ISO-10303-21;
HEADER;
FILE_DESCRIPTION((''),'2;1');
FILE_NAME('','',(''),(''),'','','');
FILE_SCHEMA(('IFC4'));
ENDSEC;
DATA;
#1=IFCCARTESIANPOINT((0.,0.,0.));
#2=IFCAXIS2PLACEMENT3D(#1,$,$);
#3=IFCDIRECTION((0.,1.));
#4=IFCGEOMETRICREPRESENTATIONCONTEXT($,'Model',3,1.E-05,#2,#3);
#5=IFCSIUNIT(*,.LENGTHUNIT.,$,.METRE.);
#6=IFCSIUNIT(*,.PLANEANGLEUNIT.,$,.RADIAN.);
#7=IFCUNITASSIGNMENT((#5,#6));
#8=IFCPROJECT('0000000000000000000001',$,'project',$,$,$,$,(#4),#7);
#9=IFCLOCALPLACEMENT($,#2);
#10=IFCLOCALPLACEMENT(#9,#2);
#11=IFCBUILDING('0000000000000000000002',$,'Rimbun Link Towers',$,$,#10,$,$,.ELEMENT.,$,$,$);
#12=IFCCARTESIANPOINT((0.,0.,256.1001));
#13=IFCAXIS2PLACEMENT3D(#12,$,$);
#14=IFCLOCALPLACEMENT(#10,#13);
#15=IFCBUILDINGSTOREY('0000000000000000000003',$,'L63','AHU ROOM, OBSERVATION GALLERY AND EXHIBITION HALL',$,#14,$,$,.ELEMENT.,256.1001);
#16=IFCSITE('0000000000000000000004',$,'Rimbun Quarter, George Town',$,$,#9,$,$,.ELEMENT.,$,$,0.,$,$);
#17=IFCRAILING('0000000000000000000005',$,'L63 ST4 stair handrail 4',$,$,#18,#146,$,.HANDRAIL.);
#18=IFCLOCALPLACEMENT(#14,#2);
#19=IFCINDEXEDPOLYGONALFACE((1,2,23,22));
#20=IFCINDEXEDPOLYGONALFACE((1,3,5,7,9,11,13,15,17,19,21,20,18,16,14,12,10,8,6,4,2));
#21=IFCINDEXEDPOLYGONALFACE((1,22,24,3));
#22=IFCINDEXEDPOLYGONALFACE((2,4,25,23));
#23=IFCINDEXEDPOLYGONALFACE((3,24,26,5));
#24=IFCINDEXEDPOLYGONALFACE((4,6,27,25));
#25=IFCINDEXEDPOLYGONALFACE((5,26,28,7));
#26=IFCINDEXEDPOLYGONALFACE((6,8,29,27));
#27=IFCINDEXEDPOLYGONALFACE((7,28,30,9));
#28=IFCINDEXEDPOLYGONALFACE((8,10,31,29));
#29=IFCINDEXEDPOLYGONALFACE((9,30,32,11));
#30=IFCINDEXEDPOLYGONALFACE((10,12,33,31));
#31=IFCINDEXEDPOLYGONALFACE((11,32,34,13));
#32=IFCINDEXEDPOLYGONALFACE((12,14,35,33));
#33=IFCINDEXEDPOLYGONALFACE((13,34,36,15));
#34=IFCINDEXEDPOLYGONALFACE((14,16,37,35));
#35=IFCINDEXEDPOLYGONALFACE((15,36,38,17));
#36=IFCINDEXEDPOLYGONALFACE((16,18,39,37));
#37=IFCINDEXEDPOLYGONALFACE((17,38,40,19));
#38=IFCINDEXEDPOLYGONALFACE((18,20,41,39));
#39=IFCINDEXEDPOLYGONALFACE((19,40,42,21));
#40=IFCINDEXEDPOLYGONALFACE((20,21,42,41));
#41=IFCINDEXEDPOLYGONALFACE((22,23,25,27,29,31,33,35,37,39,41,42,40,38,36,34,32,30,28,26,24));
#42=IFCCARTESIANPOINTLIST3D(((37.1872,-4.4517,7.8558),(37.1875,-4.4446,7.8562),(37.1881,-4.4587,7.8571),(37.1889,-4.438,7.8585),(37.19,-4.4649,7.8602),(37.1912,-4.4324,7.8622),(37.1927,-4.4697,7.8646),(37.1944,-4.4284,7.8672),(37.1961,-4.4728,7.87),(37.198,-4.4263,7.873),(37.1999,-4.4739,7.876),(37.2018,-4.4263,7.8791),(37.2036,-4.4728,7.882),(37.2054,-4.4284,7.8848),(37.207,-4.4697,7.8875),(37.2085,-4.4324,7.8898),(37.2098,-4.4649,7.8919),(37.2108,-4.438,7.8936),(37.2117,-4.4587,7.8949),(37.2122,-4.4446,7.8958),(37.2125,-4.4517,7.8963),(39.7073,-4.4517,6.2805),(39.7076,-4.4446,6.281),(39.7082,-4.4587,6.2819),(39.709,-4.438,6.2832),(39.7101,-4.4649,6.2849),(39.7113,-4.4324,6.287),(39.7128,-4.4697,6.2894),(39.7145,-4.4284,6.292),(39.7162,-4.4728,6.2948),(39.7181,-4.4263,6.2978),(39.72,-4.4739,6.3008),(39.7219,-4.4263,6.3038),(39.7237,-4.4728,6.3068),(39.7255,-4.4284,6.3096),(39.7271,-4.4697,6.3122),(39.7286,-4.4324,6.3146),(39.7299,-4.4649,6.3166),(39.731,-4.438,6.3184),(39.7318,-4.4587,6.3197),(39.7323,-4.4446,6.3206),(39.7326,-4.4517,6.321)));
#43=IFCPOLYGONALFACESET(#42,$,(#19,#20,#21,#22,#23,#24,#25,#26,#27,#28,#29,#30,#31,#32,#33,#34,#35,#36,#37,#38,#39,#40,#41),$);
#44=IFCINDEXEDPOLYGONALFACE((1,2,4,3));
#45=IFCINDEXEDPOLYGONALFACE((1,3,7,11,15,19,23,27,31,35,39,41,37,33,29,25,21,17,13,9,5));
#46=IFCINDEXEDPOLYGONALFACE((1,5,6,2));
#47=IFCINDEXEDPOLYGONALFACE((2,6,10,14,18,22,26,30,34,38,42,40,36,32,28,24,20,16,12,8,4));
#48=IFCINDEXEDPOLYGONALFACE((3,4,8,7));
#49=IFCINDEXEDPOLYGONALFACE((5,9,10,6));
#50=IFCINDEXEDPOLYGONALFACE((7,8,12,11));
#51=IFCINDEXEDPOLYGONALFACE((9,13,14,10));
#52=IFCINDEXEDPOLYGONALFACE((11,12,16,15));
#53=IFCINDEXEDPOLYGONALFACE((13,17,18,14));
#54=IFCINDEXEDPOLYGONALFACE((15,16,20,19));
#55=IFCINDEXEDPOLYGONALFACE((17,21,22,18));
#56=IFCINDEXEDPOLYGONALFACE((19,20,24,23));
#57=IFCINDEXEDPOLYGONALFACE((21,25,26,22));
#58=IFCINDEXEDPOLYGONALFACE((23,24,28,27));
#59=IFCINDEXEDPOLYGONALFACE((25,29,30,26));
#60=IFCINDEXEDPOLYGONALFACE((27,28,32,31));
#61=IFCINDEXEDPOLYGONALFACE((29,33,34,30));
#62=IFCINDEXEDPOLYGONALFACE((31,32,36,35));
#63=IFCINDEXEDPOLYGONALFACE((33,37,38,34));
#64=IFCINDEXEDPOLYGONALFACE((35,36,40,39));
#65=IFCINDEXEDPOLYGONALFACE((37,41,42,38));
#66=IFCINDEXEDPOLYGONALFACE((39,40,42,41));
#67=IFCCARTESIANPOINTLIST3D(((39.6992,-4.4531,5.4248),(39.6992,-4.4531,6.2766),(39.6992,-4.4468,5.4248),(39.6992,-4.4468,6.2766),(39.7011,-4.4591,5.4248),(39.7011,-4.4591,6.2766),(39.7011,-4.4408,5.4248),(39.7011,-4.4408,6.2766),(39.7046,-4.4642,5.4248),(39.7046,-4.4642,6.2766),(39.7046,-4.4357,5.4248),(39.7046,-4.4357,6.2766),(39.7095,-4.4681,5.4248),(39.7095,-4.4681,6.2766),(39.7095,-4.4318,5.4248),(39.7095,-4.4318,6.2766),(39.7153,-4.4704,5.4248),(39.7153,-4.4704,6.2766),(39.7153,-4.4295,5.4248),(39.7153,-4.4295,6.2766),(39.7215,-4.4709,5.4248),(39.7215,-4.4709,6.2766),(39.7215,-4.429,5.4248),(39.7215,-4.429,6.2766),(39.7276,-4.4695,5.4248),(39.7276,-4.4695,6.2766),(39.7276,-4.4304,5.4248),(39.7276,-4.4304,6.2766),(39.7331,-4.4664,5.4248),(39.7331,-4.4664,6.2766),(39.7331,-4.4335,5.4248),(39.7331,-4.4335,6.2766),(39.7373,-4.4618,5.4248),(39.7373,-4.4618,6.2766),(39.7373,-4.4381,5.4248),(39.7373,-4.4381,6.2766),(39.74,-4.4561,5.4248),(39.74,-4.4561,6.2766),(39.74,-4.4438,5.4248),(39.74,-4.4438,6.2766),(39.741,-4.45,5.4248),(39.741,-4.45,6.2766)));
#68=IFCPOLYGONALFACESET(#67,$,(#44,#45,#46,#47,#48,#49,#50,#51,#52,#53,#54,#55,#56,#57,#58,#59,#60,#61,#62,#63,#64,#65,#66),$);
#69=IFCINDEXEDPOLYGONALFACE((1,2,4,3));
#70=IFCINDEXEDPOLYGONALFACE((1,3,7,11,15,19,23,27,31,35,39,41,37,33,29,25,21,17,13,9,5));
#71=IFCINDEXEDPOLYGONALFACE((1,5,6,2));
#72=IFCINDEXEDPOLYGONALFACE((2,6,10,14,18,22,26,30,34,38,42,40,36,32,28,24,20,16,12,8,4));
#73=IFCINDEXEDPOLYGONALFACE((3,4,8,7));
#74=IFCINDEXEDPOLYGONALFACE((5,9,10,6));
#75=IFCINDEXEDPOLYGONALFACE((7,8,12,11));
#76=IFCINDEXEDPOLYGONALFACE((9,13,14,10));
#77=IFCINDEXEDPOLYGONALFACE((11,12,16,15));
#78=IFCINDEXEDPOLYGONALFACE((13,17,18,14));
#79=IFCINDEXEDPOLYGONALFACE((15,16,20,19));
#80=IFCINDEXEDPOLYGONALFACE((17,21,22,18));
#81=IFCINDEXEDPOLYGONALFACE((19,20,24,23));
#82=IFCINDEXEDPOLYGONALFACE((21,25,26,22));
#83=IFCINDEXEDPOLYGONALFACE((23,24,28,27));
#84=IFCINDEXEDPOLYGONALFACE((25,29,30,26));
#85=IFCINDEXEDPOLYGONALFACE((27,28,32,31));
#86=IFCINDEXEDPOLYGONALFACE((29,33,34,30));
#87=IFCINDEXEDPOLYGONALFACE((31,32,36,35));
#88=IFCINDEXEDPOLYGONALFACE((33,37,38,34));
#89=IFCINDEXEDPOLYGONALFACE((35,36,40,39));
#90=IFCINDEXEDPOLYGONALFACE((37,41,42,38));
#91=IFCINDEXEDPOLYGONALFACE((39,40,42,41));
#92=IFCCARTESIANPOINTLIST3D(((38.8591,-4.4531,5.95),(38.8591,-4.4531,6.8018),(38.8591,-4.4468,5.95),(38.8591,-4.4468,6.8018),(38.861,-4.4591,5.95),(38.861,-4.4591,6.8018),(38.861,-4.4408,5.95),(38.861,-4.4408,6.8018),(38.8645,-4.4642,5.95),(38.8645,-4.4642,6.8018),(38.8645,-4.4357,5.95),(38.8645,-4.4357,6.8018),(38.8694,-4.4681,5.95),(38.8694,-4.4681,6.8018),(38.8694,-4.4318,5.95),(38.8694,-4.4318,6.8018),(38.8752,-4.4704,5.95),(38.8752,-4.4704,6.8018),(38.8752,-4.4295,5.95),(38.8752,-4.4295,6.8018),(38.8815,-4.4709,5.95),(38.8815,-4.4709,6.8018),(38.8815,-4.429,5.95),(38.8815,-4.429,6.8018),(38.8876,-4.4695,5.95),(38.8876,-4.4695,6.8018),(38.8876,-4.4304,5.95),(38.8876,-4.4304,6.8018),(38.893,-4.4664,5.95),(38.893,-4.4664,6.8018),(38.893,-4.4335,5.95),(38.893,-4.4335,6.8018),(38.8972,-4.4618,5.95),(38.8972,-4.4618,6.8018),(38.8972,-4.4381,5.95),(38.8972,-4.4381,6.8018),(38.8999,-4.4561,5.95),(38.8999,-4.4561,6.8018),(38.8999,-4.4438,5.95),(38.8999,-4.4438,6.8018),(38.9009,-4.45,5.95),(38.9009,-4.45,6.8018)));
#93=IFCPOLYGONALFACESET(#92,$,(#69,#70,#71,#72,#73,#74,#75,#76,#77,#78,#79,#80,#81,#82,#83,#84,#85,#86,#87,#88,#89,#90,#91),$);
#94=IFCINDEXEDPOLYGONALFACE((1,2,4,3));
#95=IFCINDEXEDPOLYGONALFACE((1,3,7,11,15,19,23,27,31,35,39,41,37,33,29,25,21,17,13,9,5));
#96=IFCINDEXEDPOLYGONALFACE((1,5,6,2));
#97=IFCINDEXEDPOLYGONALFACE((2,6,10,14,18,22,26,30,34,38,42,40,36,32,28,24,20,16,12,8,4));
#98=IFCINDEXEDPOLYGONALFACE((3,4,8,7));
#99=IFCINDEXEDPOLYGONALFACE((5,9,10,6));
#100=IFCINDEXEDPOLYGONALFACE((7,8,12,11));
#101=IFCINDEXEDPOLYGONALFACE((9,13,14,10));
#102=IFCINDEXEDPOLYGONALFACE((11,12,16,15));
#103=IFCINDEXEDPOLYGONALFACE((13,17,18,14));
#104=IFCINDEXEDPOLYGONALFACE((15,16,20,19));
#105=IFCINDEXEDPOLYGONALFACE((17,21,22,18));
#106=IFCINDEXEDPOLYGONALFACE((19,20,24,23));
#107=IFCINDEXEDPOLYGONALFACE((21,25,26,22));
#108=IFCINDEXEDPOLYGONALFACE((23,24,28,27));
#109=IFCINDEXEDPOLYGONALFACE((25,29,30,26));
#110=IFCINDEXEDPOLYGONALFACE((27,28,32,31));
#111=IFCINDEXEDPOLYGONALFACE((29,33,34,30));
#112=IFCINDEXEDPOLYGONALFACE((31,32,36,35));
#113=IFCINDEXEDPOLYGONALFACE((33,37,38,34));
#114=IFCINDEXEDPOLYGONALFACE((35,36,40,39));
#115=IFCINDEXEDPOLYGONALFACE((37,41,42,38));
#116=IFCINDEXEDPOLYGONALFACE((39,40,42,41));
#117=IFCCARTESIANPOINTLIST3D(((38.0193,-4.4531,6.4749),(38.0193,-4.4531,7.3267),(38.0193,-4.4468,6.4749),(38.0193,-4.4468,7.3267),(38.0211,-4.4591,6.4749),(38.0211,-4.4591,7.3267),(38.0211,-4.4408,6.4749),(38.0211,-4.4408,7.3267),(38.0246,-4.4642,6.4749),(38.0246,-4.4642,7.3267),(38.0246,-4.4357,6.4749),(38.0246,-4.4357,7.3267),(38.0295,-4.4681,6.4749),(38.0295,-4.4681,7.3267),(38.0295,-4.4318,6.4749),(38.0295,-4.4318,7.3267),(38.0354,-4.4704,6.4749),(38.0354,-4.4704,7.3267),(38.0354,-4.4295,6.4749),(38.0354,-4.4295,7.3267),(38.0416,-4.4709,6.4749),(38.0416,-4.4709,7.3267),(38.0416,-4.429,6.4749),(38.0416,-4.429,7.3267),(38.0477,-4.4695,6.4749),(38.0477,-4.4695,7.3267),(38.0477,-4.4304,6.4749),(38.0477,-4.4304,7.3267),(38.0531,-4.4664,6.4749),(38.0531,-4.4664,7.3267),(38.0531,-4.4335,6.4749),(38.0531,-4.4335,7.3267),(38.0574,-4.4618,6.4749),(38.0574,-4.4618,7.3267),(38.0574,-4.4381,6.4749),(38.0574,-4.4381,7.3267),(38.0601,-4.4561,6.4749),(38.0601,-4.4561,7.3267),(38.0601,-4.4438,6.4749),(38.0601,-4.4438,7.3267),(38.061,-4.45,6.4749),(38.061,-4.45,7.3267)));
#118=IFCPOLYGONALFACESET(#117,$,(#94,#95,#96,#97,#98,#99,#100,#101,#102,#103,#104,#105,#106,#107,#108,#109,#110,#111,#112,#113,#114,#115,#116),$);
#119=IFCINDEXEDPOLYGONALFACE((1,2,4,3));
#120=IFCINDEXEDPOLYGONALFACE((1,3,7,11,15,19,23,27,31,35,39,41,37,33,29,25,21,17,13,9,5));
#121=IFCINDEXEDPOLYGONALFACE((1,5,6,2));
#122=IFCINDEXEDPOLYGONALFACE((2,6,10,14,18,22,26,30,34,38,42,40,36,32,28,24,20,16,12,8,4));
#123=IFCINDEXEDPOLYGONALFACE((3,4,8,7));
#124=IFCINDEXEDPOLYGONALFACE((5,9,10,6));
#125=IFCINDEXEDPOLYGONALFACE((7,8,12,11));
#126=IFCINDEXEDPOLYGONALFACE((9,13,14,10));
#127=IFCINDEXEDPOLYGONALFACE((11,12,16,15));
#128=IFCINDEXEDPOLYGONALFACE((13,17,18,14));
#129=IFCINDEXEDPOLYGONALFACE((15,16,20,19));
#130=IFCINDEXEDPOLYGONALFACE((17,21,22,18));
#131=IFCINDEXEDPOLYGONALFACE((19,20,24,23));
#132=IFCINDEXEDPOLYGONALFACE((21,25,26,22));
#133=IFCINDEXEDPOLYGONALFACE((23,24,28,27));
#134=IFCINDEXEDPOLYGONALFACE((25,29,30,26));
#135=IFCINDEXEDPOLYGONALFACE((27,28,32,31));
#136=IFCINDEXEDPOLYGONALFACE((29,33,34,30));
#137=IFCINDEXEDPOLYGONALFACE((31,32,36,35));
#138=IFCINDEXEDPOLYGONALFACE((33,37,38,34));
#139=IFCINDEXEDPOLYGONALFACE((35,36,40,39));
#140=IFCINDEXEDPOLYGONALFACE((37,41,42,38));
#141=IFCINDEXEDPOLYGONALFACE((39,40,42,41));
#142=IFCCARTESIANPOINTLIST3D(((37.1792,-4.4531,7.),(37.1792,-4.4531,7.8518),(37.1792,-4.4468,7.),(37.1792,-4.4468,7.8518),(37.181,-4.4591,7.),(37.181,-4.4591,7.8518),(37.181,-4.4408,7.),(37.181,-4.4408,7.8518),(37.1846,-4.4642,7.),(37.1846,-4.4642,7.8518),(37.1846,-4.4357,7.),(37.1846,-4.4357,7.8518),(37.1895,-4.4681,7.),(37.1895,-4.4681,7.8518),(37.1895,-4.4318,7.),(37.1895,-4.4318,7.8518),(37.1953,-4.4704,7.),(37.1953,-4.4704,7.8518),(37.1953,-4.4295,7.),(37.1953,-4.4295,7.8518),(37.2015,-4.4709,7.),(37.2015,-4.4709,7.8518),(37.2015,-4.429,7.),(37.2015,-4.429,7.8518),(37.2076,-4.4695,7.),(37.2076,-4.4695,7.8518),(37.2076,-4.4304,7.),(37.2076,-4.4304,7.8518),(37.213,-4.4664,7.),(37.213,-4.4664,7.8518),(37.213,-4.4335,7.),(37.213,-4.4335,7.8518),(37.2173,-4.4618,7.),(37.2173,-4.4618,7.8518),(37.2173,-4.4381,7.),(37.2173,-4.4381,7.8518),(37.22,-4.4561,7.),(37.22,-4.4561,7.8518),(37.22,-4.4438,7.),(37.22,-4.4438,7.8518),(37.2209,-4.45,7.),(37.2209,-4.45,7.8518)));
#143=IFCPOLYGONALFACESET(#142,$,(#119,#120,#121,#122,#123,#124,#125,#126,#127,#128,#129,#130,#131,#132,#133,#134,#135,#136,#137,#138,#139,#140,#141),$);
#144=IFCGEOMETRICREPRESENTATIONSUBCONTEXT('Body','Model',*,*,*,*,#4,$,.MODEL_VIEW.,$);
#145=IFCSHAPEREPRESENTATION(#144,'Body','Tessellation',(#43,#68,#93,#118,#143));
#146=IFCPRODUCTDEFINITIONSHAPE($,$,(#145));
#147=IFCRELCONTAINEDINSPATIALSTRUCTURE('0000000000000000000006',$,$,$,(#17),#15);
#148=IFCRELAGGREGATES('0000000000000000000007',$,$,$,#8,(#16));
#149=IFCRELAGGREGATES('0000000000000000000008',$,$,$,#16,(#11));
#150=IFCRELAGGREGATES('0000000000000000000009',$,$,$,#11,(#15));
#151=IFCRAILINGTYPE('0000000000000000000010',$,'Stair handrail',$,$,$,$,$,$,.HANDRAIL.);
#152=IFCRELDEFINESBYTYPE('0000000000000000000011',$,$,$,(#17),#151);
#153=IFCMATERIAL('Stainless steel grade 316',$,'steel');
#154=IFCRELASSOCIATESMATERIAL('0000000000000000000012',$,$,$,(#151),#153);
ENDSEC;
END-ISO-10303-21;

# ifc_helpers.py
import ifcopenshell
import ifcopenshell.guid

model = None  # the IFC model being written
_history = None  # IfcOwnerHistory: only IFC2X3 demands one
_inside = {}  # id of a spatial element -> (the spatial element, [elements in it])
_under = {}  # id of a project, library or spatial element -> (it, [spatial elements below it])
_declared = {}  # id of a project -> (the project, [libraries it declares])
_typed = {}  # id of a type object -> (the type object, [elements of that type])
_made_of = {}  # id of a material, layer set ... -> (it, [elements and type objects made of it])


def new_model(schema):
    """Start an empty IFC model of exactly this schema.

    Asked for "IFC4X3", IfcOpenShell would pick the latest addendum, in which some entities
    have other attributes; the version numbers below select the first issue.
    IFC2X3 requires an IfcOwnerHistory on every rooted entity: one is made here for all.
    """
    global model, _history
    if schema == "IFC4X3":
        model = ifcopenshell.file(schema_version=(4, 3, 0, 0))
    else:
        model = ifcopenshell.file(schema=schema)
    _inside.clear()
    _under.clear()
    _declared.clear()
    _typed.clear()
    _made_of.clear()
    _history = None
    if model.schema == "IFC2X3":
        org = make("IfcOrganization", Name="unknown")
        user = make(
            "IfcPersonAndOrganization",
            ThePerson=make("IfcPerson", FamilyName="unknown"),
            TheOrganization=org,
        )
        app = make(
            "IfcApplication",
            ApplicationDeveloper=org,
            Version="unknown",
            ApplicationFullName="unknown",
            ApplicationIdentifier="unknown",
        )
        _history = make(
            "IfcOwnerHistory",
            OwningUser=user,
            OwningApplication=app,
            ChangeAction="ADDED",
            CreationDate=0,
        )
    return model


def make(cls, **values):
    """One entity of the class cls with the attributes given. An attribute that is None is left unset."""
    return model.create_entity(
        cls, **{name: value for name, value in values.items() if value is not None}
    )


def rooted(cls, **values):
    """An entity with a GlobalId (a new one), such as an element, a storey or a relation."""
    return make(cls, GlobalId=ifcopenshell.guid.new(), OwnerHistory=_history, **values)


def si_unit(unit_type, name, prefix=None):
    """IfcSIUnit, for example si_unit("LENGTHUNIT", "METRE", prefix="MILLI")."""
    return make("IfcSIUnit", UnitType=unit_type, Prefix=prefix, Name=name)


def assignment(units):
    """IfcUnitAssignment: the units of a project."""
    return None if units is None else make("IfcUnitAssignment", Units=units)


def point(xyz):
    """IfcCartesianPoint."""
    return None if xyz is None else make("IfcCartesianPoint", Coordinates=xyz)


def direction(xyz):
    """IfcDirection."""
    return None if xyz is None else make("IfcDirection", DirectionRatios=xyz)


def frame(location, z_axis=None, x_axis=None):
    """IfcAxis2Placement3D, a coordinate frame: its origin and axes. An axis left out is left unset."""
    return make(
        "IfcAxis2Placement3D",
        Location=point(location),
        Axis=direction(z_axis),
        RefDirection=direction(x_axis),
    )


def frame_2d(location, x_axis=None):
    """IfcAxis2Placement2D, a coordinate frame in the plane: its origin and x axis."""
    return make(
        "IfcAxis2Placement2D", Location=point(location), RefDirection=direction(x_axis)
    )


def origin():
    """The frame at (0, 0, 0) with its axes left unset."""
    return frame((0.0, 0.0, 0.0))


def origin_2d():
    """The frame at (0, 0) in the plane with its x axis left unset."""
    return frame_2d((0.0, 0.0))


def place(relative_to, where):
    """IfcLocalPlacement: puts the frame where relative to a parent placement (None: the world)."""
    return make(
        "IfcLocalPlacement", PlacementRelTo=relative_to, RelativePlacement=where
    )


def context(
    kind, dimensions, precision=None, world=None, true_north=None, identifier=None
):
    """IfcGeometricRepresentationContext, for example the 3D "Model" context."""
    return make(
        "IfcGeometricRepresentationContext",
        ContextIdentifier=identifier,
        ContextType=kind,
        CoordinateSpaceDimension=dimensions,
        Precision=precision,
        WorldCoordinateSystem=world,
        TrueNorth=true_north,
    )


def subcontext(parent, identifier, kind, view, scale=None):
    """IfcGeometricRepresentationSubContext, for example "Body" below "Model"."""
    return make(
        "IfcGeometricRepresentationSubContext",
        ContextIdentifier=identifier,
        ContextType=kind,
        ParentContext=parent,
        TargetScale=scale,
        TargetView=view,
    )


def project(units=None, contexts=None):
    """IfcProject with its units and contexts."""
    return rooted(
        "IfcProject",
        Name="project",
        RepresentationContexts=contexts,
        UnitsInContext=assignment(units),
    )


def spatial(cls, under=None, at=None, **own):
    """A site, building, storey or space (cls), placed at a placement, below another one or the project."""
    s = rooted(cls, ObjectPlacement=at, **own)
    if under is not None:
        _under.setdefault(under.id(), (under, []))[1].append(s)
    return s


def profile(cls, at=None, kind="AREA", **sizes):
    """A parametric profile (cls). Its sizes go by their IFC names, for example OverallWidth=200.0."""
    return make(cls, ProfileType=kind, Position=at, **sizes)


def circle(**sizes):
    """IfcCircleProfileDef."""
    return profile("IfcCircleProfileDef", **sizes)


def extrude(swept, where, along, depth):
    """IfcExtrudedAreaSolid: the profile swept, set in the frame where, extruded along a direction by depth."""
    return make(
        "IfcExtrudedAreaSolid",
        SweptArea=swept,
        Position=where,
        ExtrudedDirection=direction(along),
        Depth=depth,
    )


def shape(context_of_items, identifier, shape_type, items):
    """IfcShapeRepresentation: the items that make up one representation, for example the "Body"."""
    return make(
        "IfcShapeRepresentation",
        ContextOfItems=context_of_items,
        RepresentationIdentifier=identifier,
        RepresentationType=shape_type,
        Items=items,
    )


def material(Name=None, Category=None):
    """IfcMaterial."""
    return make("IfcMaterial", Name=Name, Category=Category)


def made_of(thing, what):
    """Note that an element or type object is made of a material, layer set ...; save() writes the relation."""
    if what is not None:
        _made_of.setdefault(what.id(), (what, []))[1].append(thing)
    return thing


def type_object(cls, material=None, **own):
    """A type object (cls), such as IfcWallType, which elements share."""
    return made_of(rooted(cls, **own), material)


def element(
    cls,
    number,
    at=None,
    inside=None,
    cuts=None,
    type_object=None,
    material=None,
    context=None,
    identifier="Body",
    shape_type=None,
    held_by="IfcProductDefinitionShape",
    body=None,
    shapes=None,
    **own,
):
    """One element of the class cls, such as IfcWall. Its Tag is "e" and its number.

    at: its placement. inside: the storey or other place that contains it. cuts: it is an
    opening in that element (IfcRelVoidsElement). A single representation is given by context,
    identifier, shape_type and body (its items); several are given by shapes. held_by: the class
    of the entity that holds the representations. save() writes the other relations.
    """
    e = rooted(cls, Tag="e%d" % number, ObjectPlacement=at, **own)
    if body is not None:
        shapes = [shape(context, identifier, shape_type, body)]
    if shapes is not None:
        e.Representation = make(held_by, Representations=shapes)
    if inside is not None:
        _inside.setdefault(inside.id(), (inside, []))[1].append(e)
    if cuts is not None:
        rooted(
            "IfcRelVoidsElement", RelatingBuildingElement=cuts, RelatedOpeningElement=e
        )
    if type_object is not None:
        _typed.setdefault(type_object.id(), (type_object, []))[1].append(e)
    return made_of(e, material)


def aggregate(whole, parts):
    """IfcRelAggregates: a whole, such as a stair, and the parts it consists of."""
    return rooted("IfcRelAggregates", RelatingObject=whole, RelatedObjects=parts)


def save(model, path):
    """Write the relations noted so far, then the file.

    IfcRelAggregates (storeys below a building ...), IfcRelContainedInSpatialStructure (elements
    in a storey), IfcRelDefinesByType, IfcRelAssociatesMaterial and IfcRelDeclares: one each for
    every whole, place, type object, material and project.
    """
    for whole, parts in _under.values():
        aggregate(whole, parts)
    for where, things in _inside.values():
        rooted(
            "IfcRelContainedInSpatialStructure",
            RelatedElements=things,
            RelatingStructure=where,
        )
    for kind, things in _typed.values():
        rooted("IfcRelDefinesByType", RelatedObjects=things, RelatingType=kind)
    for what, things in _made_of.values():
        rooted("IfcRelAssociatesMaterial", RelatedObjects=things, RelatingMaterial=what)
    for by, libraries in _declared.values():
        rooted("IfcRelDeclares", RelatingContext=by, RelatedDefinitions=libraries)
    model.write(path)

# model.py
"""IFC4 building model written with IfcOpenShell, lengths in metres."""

from ifc_helpers import new_model, si_unit, direction, frame, origin, origin_2d, place, context, subcontext, project, spatial, circle, extrude, material, type_object, element, save


model = new_model("IFC4")

# Units and contexts
model_context = context("Model", 3, precision=1e-05, world=origin(), true_north=direction((0.0, 1.0)))
body_context = subcontext(model_context, "Body", "Model", "MODEL_VIEW")
ifc_project = project(units=[si_unit("LENGTHUNIT", "METRE"), si_unit("PLANEANGLEUNIT", "RADIAN")], contexts=[model_context])

# Site, building, storey
site_placement = place(None, origin())
site = spatial("IfcSite", under=ifc_project, at=site_placement, Name="Rimbun Quarter, George Town", CompositionType="ELEMENT", RefElevation=0.0)
building_placement = place(site_placement, origin())
building = spatial("IfcBuilding", under=site, at=building_placement, Name="Rimbun Link Towers", CompositionType="ELEMENT")
storey_placement = place(building_placement, frame((0.0, 0.0, 256.1001)))
storey = spatial("IfcBuildingStorey", under=building, at=storey_placement, Name="L63", Description="AHU ROOM, OBSERVATION GALLERY AND EXHIBITION HALL", CompositionType="ELEMENT", Elevation=256.1001)

# Railing
ifc_material_1 = material(Name="Stainless steel grade 316", Category="steel")
railing_type_1 = type_object("IfcRailingType", Name="Stair handrail", PredefinedType="HANDRAIL", material=ifc_material_1)
for number, where, name in (
    (1, (39.72, -4.45, 5.4248), "L63 ST4 stair handrail 4"),
):
    element("IfcRailing", number, at=place(storey_placement, frame(where)), inside=storey, type_object=railing_type_1, Name=name, PredefinedType="HANDRAIL", context=body_context, shape_type="SweptSolid", body=[
        extrude(circle(Radius=0.0239, at=origin_2d()), frame((0.0, 0.0, 0.876), z_axis=(-0.847971, 0.0, 0.530043), x_axis=(0.0, -1.0, 0.0)), (0.0, 0.0, 1.0), 2.9719),
        extrude(circle(Radius=0.021, at=origin_2d()), origin(), (0.0, 0.0, 1.0), 0.8518),
        extrude(circle(Radius=0.021, at=origin_2d()), frame((-0.8401, 0.0, 0.5251)), (0.0, 0.0, 1.0), 0.8518),
        extrude(circle(Radius=0.021, at=origin_2d()), frame((-1.6799, 0.0, 1.05)), (0.0, 0.0, 1.0), 0.8518),
        extrude(circle(Radius=0.021, at=origin_2d()), frame((-2.52, 0.0, 1.5752)), (0.0, 0.0, 1.0), 0.8518),
    ])

save(model, "model.ifc")
